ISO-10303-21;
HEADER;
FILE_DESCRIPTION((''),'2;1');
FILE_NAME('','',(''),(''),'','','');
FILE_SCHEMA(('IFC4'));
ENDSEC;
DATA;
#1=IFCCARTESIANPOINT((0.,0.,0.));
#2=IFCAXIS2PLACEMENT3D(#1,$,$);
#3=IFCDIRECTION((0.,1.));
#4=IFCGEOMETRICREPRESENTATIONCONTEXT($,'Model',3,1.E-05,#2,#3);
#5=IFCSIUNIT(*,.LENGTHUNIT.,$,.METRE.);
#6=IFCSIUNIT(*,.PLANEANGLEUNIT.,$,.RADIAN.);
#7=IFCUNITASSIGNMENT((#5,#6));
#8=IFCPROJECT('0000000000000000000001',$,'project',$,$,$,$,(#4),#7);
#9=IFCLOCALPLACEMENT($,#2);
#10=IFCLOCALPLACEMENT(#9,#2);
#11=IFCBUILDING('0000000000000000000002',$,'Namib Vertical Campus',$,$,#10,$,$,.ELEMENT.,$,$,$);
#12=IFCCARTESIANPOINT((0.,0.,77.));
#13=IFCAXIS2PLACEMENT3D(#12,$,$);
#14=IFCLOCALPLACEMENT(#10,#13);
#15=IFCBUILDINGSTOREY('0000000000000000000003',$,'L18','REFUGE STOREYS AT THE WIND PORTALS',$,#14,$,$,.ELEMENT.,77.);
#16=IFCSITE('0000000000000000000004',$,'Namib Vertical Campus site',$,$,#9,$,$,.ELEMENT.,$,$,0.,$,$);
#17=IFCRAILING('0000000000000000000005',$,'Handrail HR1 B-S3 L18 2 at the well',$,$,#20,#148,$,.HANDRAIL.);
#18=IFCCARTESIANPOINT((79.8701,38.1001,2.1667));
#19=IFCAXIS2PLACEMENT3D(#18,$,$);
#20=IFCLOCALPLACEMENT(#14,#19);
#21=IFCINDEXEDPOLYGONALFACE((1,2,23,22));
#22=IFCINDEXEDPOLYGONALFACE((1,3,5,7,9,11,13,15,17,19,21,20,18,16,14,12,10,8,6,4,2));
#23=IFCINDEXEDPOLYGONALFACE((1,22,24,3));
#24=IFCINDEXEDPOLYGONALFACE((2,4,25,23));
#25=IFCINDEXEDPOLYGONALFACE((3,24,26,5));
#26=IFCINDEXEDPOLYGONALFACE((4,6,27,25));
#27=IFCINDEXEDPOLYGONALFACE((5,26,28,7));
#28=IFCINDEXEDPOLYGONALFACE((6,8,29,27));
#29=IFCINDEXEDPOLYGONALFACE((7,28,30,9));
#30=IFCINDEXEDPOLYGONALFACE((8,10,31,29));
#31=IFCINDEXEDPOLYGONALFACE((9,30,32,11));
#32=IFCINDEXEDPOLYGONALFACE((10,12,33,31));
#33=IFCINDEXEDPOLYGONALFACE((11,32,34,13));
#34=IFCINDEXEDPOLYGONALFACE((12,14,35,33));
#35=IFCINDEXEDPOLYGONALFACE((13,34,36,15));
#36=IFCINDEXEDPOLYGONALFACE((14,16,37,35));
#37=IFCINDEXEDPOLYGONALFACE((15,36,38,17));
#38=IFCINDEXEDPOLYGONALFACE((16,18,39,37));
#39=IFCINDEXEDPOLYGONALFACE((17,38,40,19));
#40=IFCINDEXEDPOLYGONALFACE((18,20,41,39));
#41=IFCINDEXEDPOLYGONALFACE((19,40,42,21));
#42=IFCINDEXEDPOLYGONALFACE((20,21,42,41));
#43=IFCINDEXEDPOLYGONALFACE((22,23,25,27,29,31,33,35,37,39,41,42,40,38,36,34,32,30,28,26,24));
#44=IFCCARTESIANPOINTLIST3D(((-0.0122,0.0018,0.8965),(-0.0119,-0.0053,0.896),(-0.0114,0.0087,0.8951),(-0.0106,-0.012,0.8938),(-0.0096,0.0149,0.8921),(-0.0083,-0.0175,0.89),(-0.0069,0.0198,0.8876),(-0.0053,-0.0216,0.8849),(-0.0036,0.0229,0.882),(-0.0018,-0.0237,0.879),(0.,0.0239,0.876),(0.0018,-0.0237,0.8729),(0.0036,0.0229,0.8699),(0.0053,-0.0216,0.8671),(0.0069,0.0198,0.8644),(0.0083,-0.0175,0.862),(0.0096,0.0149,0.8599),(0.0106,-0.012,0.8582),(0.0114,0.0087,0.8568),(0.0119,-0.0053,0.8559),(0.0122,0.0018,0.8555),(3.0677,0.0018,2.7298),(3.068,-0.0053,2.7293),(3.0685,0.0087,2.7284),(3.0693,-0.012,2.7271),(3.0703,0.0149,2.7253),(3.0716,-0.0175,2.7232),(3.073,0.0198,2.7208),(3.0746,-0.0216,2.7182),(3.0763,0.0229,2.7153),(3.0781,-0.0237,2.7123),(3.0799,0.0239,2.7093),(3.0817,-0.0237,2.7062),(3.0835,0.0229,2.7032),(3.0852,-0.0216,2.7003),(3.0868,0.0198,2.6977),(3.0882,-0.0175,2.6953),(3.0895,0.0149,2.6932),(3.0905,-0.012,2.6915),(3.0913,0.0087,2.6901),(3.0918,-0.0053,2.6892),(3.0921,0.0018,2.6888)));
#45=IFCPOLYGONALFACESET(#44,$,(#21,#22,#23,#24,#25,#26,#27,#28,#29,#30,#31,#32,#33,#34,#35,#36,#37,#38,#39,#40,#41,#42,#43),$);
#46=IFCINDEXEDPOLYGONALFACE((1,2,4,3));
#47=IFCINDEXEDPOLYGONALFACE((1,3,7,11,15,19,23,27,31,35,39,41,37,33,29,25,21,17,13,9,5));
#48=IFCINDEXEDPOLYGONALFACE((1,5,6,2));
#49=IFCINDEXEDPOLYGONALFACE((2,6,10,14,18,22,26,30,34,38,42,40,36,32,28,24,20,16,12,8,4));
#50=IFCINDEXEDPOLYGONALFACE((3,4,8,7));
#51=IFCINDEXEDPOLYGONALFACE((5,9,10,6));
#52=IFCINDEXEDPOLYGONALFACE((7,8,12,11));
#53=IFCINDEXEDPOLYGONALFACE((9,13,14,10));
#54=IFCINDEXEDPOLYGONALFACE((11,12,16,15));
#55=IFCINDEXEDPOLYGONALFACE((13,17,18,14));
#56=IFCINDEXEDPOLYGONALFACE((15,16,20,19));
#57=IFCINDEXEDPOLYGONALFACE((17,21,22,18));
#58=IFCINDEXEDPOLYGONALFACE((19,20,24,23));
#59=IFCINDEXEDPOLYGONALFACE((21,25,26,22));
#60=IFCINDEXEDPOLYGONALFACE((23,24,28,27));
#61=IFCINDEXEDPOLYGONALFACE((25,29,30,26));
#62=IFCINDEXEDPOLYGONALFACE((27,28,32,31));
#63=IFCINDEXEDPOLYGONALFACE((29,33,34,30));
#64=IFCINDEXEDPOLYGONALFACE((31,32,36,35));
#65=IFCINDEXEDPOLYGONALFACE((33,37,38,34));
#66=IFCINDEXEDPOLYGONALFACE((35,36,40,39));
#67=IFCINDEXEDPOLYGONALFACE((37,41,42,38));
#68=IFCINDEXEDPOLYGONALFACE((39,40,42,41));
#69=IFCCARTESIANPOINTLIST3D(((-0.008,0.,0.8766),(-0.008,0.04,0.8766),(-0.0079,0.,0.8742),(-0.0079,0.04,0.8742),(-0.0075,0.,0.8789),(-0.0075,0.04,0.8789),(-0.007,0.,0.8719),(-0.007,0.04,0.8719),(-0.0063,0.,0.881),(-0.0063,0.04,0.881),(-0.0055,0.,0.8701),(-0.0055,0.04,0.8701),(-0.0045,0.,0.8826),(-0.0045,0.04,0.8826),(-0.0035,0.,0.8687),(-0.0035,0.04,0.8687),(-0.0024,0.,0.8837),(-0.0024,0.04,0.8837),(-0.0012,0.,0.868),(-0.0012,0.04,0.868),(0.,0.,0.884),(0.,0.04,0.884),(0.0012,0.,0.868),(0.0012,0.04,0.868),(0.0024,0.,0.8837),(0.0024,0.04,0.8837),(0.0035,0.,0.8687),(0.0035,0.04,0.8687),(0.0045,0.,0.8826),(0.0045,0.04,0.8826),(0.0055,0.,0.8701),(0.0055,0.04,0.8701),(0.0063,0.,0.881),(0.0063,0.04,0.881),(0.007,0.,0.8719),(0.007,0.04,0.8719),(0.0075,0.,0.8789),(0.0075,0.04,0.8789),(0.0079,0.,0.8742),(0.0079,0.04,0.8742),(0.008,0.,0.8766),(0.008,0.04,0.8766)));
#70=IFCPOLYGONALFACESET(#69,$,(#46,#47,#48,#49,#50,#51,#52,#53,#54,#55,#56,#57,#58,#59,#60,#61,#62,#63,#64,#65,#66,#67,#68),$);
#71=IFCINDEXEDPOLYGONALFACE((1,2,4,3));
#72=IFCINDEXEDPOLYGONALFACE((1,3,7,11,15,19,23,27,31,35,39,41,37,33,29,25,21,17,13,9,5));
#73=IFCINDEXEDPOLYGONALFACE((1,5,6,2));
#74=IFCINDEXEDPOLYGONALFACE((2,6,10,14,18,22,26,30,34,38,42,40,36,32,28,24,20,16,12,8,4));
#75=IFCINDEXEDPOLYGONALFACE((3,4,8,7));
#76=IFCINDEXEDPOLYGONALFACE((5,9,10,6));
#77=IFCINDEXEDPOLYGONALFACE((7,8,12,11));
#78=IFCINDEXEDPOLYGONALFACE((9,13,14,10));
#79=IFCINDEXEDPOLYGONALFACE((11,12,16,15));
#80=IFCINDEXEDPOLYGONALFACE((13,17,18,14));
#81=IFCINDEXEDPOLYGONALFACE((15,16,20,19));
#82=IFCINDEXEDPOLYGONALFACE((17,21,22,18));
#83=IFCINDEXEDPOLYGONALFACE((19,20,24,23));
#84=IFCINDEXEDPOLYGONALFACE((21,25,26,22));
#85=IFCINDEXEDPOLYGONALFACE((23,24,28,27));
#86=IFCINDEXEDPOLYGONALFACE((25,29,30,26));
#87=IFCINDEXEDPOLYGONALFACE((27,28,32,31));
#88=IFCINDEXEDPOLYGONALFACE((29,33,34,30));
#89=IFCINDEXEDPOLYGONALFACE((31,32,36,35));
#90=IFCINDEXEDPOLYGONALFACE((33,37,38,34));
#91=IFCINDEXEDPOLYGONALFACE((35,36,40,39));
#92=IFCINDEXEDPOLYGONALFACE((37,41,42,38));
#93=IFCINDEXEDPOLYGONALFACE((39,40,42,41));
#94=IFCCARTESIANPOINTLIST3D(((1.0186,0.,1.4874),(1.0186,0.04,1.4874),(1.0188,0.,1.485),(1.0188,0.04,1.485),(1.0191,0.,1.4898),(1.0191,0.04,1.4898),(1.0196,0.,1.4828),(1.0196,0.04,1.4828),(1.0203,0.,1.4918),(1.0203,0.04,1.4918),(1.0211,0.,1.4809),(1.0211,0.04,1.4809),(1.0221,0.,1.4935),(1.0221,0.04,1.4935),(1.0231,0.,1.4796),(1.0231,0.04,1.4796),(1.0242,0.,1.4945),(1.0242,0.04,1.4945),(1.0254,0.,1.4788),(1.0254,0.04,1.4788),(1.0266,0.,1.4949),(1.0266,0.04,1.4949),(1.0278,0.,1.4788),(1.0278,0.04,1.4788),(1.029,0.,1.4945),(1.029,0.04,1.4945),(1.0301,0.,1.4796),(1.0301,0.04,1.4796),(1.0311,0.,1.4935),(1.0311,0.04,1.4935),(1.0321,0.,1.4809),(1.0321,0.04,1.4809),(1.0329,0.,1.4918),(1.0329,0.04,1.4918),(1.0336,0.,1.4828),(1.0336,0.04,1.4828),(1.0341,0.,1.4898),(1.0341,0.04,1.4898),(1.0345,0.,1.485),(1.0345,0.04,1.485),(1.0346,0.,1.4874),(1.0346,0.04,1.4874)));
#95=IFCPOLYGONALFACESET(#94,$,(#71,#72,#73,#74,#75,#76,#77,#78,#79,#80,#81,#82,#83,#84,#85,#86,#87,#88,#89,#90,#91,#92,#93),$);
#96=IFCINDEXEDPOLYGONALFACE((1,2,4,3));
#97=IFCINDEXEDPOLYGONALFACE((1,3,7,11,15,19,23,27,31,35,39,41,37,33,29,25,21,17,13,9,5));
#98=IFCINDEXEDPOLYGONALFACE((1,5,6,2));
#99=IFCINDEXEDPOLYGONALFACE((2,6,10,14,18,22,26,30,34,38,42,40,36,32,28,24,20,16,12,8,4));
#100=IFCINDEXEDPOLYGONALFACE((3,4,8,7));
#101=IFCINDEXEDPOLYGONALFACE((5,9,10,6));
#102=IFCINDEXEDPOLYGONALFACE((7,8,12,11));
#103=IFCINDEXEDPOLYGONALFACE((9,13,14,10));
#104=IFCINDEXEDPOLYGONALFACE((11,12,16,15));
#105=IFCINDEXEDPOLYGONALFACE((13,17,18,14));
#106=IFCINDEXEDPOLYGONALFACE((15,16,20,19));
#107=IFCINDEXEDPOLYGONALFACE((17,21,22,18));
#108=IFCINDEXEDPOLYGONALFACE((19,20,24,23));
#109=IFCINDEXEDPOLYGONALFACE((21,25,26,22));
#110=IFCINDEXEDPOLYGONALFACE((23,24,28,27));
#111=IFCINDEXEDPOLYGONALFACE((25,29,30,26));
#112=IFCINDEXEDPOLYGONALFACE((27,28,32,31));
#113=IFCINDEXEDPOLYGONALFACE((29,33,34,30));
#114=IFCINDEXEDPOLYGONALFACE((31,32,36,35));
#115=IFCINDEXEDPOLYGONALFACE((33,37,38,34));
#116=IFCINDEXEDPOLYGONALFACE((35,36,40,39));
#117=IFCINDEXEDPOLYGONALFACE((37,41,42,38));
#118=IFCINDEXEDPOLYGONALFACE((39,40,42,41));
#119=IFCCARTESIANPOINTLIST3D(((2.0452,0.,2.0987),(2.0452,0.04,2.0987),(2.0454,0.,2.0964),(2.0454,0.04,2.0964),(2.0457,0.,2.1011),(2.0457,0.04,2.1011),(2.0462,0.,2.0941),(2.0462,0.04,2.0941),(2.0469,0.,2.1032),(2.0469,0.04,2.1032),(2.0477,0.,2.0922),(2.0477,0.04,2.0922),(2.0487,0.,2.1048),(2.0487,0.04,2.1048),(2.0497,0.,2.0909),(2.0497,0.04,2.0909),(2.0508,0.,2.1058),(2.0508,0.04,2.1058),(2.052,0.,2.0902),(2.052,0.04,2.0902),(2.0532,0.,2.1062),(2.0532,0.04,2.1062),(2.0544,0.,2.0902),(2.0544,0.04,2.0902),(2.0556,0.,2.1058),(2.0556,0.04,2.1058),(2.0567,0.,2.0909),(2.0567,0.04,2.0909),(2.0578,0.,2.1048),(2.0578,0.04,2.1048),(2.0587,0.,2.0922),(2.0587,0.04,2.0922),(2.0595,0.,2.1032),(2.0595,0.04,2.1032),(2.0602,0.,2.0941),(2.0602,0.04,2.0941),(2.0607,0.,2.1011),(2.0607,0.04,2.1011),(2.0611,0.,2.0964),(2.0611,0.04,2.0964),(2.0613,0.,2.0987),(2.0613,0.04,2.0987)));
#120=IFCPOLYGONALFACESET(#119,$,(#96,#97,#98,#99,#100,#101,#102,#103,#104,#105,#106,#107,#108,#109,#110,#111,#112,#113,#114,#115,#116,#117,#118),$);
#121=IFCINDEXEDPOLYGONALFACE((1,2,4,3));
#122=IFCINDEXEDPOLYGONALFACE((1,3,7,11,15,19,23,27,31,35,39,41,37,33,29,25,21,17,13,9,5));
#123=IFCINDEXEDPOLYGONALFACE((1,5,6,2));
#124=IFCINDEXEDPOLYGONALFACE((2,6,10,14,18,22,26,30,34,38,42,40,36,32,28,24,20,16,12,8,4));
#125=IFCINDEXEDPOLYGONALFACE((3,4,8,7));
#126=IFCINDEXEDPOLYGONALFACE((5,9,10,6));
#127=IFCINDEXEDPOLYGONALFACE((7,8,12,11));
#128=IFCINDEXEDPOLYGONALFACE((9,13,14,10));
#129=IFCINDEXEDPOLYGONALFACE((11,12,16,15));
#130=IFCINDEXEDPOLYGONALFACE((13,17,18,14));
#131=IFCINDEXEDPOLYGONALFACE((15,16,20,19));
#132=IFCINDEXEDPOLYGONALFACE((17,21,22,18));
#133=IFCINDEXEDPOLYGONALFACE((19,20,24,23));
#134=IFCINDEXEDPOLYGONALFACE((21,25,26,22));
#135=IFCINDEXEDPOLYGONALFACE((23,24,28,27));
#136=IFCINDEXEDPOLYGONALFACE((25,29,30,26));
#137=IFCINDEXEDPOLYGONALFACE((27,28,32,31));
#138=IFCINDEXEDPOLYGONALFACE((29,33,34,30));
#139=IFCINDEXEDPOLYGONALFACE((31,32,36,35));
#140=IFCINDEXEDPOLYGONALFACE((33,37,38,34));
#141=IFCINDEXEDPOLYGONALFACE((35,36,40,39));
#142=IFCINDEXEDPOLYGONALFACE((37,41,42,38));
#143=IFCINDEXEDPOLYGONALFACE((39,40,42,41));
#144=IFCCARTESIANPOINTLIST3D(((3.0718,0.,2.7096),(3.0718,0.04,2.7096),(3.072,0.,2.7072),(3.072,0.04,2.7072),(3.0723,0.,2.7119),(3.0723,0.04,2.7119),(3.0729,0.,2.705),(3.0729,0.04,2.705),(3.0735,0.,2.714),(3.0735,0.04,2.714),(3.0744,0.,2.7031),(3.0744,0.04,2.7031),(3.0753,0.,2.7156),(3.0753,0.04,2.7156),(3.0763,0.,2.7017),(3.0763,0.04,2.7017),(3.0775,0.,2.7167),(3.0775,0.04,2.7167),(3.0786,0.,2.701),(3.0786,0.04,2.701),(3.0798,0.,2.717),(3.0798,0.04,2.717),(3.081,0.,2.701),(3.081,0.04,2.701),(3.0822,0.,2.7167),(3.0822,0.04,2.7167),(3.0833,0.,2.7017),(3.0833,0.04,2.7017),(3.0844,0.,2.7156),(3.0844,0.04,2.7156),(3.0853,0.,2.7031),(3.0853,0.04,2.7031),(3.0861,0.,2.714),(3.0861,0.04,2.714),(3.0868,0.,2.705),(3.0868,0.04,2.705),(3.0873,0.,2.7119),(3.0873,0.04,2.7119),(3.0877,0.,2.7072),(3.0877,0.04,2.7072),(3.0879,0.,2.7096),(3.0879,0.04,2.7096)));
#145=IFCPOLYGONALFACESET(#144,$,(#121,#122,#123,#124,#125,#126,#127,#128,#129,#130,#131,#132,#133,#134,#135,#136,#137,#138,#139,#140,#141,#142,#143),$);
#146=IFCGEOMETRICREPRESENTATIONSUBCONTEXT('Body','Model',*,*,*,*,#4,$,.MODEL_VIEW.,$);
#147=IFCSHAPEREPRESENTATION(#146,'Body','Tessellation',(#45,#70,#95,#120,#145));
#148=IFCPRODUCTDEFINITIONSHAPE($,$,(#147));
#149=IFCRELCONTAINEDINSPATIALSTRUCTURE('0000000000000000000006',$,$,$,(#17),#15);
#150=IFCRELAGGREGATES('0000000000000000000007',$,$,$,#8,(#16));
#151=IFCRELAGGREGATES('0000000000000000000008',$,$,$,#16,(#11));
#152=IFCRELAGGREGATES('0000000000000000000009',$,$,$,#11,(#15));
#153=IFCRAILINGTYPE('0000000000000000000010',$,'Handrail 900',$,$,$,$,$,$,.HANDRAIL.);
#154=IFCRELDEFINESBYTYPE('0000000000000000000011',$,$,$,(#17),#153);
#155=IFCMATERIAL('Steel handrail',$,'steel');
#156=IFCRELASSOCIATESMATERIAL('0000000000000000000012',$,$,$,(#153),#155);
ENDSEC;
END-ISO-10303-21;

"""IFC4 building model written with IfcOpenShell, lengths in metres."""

from ifc_helpers import new_model, si_unit, direction, frame, origin, origin_2d, place, context, subcontext, project, spatial, circle, extrude, material, type_object, element, save


model = new_model("IFC4")

# Units and contexts
model_context = context("Model", 3, precision=1e-05, world=origin(), true_north=direction((0.0, 1.0)))
body_context = subcontext(model_context, "Body", "Model", "MODEL_VIEW")
ifc_project = project(units=[si_unit("LENGTHUNIT", "METRE"), si_unit("PLANEANGLEUNIT", "RADIAN")], contexts=[model_context])

# Site, building, storey
site_placement = place(None, origin())
site = spatial("IfcSite", under=ifc_project, at=site_placement, Name="Namib Vertical Campus site", CompositionType="ELEMENT", RefElevation=0.0)
building_placement = place(site_placement, origin())
building = spatial("IfcBuilding", under=site, at=building_placement, Name="Namib Vertical Campus", CompositionType="ELEMENT")
storey_placement = place(building_placement, frame((0.0, 0.0, 77.0)))
storey = spatial("IfcBuildingStorey", under=building, at=storey_placement, Name="L18", Description="REFUGE STOREYS AT THE WIND PORTALS", CompositionType="ELEMENT", Elevation=77.0)

# Railing
ifc_material_1 = material(Name="Steel handrail", Category="steel")
railing_type_1 = type_object("IfcRailingType", Name="Handrail 900", PredefinedType="HANDRAIL", material=ifc_material_1)
railing_1_placement = place(storey_placement, frame((79.8701, 38.1001, 2.1667)))
element("IfcRailing", 1, at=railing_1_placement, inside=storey, type_object=railing_type_1, Name="Handrail HR1 B-S3 L18 2 at the well", PredefinedType="HANDRAIL", context=body_context, shape_type="SweptSolid", body=[
    extrude(circle(Radius=0.0239, at=origin_2d()), frame((0.0, 0.0, 0.876), z_axis=(0.859291, 0.0, 0.511487), x_axis=(0.0, 1.0, 0.0)), (0.0, 0.0, 1.0), 3.5842),
    extrude(circle(Radius=0.0081, at=origin_2d()), frame((0.0, 0.0, 0.876), z_axis=(0.0, 1.0, 0.0), x_axis=(0.0, 0.0, 1.0)), (0.0, 0.0, 1.0), 0.04),
    extrude(circle(Radius=0.0081, at=origin_2d()), frame((1.0266, 0.0, 1.4868), z_axis=(0.0, 1.0, 0.0), x_axis=(0.0, 0.0, 1.0)), (0.0, 0.0, 1.0), 0.04),
    extrude(circle(Radius=0.0081, at=origin_2d()), frame((2.0532, 0.0, 2.0981), z_axis=(0.0, 1.0, 0.0), x_axis=(0.0, 0.0, 1.0)), (0.0, 0.0, 1.0), 0.04),
    extrude(circle(Radius=0.0081, at=origin_2d()), frame((3.0798, 0.0, 2.709), z_axis=(0.0, 1.0, 0.0), x_axis=(0.0, 0.0, 1.0)), (0.0, 0.0, 1.0), 0.04),
])

save(model, "model.ifc")
